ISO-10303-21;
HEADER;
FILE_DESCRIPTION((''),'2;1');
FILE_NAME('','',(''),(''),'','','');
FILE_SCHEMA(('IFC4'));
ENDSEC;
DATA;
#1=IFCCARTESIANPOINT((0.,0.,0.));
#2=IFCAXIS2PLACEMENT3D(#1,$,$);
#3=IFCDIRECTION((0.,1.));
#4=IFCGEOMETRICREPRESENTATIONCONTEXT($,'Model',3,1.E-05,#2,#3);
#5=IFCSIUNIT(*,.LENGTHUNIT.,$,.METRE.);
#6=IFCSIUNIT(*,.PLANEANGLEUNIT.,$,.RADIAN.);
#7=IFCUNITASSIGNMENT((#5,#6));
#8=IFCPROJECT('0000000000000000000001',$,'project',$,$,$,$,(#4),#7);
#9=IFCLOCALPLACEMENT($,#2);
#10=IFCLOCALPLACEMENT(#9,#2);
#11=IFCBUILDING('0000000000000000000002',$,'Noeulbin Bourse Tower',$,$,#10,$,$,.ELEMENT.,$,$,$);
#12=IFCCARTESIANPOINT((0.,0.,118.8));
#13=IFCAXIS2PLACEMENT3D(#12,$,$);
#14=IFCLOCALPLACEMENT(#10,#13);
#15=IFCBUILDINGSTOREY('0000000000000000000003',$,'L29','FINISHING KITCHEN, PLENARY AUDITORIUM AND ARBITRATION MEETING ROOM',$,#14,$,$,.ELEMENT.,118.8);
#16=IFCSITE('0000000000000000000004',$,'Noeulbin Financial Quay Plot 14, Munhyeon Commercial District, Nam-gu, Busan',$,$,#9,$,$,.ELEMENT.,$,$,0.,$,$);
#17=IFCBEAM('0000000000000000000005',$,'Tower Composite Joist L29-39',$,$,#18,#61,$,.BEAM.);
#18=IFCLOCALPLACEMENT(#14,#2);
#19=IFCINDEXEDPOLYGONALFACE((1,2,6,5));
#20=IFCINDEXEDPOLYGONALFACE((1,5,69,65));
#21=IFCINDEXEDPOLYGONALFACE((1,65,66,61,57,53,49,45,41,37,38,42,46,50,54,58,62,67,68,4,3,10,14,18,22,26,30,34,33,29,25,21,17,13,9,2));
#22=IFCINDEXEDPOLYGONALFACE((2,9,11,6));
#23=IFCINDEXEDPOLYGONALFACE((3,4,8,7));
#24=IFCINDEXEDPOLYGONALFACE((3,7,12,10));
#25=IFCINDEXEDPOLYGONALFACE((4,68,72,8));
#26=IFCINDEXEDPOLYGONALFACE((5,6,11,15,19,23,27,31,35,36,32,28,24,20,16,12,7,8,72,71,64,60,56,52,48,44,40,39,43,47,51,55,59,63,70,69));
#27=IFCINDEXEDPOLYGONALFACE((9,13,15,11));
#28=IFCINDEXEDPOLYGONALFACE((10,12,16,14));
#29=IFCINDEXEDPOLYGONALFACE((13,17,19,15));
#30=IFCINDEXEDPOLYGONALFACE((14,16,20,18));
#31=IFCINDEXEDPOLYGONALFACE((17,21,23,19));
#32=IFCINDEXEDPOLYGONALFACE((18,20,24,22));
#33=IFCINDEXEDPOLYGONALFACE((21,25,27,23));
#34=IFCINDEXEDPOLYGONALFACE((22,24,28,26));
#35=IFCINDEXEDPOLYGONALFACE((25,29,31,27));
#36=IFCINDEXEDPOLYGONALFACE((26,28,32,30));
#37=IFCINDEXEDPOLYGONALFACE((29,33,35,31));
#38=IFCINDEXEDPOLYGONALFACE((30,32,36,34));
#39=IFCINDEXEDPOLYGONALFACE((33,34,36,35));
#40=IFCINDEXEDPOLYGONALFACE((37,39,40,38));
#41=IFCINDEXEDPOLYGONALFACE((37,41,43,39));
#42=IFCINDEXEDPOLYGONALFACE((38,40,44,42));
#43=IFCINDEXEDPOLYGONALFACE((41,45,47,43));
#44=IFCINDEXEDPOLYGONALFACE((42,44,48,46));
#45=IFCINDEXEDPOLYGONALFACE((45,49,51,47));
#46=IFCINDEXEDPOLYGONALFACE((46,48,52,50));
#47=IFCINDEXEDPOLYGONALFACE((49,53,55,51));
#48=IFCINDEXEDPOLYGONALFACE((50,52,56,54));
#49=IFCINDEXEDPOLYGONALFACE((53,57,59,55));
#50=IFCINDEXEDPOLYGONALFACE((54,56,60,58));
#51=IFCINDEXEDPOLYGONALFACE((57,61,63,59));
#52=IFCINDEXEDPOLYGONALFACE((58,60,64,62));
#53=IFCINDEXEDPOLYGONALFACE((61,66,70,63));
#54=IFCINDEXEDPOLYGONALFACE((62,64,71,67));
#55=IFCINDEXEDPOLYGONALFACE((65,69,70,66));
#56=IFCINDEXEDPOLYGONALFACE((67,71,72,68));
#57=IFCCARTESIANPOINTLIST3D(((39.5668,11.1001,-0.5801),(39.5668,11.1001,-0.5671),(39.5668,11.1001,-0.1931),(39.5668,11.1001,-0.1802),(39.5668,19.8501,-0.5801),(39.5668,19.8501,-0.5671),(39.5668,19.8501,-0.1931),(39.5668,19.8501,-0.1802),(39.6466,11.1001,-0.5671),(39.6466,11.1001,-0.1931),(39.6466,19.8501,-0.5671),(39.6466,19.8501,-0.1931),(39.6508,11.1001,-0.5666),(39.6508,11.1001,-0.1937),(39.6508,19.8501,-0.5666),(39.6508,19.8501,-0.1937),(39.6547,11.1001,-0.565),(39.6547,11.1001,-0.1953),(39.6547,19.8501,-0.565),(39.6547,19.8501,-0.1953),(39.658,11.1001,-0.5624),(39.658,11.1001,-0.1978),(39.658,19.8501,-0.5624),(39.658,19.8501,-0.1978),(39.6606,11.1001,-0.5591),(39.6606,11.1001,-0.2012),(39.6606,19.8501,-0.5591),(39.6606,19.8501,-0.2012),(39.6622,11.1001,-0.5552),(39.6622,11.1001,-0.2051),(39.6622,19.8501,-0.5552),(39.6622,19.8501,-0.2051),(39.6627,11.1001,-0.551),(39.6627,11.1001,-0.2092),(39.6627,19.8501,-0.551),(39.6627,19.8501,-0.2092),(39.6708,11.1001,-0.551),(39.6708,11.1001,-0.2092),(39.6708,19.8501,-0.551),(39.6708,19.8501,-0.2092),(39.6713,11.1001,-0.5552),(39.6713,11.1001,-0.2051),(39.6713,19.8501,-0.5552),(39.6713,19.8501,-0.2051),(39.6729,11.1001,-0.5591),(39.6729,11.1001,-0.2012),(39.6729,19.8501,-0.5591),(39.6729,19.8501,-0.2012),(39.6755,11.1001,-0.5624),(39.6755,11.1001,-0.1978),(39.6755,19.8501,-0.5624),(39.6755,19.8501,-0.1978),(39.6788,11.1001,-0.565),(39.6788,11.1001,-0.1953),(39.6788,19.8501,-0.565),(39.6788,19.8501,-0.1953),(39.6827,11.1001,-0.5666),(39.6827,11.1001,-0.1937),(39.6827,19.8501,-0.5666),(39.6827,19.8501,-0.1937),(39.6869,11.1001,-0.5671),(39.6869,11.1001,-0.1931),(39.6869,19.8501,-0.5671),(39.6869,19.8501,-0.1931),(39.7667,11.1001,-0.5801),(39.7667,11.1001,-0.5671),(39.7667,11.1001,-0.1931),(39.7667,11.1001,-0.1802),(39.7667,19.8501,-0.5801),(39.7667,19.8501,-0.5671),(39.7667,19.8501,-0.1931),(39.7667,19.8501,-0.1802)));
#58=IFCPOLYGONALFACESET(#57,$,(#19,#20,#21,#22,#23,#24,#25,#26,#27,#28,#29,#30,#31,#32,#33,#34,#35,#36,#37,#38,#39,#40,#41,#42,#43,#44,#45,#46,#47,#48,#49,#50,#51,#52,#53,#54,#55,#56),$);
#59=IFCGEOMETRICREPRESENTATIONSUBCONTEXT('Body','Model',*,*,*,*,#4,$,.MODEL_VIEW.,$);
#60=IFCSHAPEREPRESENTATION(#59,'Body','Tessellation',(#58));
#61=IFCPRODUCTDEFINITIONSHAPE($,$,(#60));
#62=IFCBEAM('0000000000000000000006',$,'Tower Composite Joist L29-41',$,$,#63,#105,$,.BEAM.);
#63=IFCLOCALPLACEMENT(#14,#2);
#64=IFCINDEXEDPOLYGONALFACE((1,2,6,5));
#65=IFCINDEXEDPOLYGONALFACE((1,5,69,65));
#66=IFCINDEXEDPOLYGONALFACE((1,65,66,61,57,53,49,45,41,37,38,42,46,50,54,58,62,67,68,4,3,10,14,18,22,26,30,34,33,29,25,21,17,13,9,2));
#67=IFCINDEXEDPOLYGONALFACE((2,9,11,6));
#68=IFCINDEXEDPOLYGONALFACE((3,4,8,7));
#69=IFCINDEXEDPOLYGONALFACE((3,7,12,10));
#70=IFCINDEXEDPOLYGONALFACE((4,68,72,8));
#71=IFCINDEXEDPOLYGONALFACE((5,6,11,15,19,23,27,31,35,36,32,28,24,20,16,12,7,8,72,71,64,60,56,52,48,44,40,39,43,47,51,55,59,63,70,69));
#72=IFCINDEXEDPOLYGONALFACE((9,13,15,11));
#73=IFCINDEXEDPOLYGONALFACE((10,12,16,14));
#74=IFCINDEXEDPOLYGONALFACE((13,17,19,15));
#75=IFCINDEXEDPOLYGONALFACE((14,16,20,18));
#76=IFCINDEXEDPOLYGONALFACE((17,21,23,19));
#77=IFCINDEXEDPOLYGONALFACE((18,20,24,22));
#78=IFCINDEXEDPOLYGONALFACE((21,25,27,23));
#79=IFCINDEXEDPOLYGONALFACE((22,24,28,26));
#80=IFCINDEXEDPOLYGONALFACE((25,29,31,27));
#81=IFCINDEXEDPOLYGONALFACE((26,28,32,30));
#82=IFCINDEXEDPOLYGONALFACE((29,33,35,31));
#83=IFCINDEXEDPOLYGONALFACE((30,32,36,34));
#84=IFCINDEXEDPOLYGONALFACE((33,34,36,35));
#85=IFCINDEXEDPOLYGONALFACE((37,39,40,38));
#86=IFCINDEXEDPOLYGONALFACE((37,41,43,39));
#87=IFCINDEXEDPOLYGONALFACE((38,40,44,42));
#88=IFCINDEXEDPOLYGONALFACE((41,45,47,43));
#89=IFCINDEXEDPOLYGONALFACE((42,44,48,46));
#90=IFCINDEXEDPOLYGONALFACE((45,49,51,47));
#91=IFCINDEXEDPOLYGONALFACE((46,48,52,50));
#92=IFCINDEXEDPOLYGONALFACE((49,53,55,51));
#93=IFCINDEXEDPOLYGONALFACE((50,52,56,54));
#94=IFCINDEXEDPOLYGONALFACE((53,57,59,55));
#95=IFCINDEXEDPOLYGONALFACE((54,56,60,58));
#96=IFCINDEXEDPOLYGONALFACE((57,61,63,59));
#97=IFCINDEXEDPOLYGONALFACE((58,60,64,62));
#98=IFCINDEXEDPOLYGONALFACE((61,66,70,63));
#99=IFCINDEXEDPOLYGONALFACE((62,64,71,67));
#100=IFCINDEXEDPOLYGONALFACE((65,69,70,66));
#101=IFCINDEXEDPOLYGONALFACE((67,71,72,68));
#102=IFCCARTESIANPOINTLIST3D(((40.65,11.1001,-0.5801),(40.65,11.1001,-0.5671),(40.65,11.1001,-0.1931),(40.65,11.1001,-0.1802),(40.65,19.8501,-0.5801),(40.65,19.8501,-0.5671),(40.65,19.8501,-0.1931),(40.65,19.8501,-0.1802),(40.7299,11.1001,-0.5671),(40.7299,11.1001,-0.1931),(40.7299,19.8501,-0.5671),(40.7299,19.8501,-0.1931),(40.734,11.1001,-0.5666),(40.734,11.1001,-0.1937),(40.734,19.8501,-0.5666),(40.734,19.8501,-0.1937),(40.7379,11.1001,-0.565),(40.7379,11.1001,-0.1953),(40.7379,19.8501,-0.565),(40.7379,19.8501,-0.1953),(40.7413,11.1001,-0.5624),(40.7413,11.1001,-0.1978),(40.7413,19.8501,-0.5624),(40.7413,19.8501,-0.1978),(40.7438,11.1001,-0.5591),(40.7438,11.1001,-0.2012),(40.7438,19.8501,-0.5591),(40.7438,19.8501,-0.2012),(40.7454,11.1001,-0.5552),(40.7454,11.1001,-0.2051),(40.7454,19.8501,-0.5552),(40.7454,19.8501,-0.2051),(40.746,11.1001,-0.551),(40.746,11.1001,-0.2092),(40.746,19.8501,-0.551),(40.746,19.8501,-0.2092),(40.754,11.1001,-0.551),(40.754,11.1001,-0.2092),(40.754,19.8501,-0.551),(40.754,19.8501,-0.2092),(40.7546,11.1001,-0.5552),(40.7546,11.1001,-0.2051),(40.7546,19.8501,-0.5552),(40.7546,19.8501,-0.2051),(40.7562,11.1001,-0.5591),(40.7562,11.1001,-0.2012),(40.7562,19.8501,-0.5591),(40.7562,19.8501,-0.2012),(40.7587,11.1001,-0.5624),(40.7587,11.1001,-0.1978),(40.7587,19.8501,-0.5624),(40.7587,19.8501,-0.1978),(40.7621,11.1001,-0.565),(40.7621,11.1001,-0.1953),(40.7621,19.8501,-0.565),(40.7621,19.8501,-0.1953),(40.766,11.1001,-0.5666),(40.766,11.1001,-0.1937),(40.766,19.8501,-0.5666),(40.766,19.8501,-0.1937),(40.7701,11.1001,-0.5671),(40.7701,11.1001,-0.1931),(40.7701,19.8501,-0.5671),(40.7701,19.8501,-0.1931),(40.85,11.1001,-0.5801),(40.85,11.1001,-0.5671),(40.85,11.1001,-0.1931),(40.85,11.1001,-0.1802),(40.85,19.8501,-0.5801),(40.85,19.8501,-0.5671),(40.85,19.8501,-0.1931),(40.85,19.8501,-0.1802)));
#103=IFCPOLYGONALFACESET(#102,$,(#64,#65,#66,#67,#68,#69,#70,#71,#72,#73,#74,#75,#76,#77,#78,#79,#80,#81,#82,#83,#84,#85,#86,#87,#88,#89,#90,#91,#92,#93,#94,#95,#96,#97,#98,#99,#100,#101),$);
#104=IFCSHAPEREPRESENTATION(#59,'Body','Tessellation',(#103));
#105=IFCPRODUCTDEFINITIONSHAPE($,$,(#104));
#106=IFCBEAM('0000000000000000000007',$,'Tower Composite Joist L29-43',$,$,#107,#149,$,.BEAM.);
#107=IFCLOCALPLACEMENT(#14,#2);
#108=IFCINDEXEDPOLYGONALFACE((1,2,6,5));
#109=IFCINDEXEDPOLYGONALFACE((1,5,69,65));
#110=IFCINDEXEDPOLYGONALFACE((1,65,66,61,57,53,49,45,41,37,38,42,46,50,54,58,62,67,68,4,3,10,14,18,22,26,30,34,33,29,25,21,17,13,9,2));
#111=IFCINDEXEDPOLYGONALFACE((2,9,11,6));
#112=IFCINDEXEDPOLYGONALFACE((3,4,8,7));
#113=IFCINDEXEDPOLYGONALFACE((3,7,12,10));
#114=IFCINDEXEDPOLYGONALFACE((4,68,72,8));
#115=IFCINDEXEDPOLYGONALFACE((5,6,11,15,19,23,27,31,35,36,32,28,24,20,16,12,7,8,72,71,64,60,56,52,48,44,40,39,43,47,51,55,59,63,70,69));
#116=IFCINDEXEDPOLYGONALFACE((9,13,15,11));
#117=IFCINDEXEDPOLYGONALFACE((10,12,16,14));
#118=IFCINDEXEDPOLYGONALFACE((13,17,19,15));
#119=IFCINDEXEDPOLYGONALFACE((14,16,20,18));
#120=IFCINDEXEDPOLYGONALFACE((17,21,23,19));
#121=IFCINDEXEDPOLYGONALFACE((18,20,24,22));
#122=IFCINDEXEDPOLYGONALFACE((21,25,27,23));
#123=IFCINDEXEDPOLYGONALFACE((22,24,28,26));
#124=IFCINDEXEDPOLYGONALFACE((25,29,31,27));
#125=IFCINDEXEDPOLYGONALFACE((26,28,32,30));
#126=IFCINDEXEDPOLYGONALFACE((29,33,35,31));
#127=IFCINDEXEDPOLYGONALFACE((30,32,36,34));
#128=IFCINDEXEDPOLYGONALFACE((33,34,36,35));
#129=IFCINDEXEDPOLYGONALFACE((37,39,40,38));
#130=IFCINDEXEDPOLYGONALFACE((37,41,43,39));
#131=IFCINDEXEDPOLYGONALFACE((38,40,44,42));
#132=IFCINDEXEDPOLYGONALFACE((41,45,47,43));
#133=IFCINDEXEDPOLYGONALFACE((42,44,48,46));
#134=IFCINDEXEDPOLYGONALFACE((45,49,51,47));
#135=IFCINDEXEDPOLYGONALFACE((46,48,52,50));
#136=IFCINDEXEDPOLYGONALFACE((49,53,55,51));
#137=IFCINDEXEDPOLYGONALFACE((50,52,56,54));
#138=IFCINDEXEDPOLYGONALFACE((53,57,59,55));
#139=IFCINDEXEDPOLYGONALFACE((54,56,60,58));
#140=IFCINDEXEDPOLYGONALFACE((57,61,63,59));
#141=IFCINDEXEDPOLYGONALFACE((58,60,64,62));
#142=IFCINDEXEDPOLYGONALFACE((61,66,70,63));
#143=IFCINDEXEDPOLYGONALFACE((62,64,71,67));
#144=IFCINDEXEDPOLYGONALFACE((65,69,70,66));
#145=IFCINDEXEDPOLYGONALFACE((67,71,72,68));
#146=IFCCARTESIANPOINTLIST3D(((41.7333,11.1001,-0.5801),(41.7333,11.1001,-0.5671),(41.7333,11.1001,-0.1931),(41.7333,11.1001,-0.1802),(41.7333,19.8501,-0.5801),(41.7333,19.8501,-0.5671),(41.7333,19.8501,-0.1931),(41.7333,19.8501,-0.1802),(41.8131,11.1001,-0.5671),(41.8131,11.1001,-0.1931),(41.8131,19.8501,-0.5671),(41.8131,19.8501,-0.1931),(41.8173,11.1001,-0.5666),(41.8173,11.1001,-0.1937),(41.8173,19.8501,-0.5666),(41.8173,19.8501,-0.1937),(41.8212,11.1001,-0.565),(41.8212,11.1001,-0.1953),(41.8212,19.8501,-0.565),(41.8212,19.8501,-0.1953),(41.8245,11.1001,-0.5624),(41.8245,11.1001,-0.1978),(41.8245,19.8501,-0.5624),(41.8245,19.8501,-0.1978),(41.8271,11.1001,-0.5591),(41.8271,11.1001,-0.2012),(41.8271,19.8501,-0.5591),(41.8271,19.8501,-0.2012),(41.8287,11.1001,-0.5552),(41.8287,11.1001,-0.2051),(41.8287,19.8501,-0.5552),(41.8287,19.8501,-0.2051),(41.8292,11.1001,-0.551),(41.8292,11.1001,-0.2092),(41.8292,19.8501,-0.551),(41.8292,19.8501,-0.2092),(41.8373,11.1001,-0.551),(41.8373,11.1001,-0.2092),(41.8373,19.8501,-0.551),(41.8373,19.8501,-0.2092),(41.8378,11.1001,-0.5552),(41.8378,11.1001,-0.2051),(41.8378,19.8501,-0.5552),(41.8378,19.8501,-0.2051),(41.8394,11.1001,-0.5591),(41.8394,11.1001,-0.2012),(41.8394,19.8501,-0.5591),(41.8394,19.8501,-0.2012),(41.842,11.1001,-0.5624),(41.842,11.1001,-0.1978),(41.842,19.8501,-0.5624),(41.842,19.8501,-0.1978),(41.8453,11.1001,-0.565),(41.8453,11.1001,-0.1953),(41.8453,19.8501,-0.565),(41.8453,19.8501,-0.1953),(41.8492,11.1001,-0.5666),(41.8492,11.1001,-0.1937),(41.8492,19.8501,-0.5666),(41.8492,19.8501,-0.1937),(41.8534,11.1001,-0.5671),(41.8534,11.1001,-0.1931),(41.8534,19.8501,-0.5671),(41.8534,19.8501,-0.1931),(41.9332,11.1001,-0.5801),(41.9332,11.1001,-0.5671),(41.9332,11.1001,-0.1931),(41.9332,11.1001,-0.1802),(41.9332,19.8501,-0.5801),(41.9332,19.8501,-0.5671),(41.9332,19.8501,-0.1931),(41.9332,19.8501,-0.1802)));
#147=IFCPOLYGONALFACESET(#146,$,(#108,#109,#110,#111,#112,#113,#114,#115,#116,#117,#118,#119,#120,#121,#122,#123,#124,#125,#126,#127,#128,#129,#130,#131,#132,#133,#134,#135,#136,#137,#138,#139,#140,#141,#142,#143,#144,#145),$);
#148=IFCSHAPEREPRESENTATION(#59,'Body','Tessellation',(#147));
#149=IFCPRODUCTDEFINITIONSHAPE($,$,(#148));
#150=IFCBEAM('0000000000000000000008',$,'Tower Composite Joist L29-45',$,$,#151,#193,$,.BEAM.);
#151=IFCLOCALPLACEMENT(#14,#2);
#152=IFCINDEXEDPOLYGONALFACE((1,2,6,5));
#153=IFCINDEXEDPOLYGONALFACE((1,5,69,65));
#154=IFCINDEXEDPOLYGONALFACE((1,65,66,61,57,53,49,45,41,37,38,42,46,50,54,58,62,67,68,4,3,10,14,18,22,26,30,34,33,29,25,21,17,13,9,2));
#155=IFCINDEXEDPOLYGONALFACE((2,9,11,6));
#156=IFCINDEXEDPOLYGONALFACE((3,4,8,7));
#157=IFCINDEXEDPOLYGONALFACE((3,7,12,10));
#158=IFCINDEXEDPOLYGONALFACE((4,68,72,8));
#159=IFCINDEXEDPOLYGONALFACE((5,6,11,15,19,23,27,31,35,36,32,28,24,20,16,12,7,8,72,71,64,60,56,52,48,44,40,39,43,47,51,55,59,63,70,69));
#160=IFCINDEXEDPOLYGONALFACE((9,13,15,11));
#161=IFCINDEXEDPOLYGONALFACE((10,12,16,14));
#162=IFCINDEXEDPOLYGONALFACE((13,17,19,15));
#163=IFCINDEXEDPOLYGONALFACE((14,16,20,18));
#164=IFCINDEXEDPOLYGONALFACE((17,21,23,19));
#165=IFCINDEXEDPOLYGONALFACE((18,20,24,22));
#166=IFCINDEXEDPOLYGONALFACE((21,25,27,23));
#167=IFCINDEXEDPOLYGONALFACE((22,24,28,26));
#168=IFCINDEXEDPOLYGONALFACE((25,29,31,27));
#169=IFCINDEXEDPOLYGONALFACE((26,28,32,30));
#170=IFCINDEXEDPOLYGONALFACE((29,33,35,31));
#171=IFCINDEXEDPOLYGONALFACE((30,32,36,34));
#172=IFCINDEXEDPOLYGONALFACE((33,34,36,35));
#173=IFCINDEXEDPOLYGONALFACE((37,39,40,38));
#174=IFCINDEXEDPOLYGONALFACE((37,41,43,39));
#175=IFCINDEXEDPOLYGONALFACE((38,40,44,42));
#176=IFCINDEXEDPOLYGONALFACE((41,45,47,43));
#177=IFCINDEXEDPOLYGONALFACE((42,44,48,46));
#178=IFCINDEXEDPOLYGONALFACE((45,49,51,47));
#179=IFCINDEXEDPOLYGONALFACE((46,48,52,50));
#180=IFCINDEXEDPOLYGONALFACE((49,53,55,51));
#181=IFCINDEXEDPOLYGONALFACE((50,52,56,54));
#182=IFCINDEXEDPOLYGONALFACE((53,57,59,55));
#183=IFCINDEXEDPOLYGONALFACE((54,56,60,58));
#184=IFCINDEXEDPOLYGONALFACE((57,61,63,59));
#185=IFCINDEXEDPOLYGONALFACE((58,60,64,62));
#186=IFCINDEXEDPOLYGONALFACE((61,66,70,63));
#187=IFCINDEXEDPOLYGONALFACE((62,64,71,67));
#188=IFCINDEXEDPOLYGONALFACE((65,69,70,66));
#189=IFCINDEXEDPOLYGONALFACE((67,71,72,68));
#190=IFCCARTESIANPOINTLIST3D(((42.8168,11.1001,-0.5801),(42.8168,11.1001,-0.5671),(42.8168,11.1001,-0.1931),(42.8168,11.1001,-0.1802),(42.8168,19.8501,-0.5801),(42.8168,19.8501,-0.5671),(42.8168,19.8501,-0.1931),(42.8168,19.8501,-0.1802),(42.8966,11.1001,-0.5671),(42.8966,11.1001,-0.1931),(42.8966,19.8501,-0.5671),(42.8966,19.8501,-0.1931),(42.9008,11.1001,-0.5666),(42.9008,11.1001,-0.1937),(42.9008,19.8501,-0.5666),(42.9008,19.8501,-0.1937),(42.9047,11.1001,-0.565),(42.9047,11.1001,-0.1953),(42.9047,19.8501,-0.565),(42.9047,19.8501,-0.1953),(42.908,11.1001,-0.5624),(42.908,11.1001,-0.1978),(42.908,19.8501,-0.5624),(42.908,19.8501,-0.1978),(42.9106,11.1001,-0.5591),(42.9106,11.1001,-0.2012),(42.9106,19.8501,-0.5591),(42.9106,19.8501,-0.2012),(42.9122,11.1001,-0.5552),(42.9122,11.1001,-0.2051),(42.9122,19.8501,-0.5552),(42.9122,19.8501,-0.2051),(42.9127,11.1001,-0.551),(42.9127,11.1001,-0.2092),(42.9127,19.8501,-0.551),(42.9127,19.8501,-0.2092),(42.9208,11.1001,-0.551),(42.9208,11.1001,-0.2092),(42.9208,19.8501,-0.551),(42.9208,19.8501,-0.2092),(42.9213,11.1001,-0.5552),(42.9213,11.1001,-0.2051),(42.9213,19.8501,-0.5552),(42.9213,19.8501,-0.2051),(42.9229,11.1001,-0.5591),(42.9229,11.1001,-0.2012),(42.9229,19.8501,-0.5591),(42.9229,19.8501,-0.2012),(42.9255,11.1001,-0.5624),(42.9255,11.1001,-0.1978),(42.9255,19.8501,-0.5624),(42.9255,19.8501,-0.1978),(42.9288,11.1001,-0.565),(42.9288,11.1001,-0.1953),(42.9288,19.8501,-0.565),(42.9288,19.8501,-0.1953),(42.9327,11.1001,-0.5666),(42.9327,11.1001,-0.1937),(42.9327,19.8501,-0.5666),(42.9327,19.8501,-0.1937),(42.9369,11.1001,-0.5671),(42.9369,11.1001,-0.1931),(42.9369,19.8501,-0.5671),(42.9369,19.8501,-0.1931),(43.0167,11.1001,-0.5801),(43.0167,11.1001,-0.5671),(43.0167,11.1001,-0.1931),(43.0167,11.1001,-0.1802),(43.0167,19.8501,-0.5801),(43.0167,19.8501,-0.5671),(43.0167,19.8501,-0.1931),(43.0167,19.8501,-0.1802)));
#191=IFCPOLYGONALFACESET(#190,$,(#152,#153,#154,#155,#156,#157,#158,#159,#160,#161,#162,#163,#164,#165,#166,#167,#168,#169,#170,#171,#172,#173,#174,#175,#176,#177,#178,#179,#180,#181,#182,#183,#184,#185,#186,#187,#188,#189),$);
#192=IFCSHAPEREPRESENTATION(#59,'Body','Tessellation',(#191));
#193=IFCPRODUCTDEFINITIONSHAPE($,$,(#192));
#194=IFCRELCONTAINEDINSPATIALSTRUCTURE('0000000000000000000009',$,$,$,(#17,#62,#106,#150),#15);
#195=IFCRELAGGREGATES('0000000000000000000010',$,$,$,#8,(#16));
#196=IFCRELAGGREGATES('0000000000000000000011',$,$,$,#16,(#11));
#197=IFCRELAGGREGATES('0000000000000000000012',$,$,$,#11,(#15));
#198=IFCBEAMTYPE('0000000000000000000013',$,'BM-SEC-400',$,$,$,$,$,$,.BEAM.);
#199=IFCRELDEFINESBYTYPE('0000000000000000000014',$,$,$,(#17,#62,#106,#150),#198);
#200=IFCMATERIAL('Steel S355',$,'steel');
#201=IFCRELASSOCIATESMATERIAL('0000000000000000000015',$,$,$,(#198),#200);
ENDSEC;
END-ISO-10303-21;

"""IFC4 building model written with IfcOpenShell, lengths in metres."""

from ifc_helpers import new_model, si_unit, direction, frame, origin, origin_2d, place, context, subcontext, project, spatial, i_section, extrude, material, material_profile, profile_set, type_object, element, save


model = new_model("IFC4")

# Units and contexts
model_context = context("Model", 3, precision=1e-05, world=origin(), true_north=direction((0.0, 1.0)))
body_context = subcontext(model_context, "Body", "Model", "MODEL_VIEW")
ifc_project = project(units=[si_unit("LENGTHUNIT", "METRE"), si_unit("PLANEANGLEUNIT", "RADIAN")], contexts=[model_context])

# Site, building, storey
site_placement = place(None, origin())
site = spatial("IfcSite", under=ifc_project, at=site_placement, Name="Noeulbin Financial Quay Plot 14, Munhyeon Commercial District, Nam-gu, Busan", CompositionType="ELEMENT", RefElevation=0.0)
building_placement = place(site_placement, origin())
building = spatial("IfcBuilding", under=site, at=building_placement, Name="Noeulbin Bourse Tower", CompositionType="ELEMENT")
storey_placement = place(building_placement, frame((0.0, 0.0, 118.8)))
storey = spatial("IfcBuildingStorey", under=building, at=storey_placement, Name="L29", Description="FINISHING KITCHEN, PLENARY AUDITORIUM AND ARBITRATION MEETING ROOM", CompositionType="ELEMENT", Elevation=118.8)

# Shared definitions
ifc_material_1 = material(Name="Steel S355", Category="steel")

# Beams
ifc_material_profile_1 = material_profile(ifc_material_1, i_section(OverallWidth=0.2, OverallDepth=0.3999, WebThickness=0.0081, FlangeThickness=0.0129, FilletRadius=0.0161, at=origin_2d()), Name="H-400x200x8x13", Category="LoadBearing")
ifc_profile_set_1 = profile_set([ifc_material_profile_1], Name="Steel S355")
beam_type_1 = type_object("IfcBeamType", Name="BM-SEC-400", PredefinedType="BEAM", material=ifc_profile_set_1)
for number, where, z_axis, x_axis, name in (
    (1, (39.6667, 11.1001, -0.3801), (0.0, 1.0, 0.0), (-1.0, 0.0, 0.0), "Tower Composite Joist L29-39"),
    (2, (40.75, 11.1001, -0.3801), (0.0, 1.0, 0.0), (-1.0, 0.0, 0.0), "Tower Composite Joist L29-41"),
    (3, (41.8333, 11.1001, -0.3801), (0.0, 1.0, 0.0), (-1.0, 0.0, 0.0), "Tower Composite Joist L29-43"),
    (4, (42.9167, 11.1001, -0.3801), (0.0, 1.0, 0.0), (-1.0, 0.0, 0.0), "Tower Composite Joist L29-45"),
):
    element("IfcBeam", number, at=place(storey_placement, frame(where, z_axis=z_axis, x_axis=x_axis)), inside=storey, type_object=beam_type_1, Name=name, PredefinedType="BEAM", context=body_context, shape_type="SweptSolid", body=[
        extrude(i_section(OverallWidth=0.2, OverallDepth=0.3999, WebThickness=0.0081, FlangeThickness=0.0129, FilletRadius=0.0161, at=origin_2d()), origin(), (0.0, 0.0, 1.0), 8.75),
    ])

save(model, "model.ifc")
